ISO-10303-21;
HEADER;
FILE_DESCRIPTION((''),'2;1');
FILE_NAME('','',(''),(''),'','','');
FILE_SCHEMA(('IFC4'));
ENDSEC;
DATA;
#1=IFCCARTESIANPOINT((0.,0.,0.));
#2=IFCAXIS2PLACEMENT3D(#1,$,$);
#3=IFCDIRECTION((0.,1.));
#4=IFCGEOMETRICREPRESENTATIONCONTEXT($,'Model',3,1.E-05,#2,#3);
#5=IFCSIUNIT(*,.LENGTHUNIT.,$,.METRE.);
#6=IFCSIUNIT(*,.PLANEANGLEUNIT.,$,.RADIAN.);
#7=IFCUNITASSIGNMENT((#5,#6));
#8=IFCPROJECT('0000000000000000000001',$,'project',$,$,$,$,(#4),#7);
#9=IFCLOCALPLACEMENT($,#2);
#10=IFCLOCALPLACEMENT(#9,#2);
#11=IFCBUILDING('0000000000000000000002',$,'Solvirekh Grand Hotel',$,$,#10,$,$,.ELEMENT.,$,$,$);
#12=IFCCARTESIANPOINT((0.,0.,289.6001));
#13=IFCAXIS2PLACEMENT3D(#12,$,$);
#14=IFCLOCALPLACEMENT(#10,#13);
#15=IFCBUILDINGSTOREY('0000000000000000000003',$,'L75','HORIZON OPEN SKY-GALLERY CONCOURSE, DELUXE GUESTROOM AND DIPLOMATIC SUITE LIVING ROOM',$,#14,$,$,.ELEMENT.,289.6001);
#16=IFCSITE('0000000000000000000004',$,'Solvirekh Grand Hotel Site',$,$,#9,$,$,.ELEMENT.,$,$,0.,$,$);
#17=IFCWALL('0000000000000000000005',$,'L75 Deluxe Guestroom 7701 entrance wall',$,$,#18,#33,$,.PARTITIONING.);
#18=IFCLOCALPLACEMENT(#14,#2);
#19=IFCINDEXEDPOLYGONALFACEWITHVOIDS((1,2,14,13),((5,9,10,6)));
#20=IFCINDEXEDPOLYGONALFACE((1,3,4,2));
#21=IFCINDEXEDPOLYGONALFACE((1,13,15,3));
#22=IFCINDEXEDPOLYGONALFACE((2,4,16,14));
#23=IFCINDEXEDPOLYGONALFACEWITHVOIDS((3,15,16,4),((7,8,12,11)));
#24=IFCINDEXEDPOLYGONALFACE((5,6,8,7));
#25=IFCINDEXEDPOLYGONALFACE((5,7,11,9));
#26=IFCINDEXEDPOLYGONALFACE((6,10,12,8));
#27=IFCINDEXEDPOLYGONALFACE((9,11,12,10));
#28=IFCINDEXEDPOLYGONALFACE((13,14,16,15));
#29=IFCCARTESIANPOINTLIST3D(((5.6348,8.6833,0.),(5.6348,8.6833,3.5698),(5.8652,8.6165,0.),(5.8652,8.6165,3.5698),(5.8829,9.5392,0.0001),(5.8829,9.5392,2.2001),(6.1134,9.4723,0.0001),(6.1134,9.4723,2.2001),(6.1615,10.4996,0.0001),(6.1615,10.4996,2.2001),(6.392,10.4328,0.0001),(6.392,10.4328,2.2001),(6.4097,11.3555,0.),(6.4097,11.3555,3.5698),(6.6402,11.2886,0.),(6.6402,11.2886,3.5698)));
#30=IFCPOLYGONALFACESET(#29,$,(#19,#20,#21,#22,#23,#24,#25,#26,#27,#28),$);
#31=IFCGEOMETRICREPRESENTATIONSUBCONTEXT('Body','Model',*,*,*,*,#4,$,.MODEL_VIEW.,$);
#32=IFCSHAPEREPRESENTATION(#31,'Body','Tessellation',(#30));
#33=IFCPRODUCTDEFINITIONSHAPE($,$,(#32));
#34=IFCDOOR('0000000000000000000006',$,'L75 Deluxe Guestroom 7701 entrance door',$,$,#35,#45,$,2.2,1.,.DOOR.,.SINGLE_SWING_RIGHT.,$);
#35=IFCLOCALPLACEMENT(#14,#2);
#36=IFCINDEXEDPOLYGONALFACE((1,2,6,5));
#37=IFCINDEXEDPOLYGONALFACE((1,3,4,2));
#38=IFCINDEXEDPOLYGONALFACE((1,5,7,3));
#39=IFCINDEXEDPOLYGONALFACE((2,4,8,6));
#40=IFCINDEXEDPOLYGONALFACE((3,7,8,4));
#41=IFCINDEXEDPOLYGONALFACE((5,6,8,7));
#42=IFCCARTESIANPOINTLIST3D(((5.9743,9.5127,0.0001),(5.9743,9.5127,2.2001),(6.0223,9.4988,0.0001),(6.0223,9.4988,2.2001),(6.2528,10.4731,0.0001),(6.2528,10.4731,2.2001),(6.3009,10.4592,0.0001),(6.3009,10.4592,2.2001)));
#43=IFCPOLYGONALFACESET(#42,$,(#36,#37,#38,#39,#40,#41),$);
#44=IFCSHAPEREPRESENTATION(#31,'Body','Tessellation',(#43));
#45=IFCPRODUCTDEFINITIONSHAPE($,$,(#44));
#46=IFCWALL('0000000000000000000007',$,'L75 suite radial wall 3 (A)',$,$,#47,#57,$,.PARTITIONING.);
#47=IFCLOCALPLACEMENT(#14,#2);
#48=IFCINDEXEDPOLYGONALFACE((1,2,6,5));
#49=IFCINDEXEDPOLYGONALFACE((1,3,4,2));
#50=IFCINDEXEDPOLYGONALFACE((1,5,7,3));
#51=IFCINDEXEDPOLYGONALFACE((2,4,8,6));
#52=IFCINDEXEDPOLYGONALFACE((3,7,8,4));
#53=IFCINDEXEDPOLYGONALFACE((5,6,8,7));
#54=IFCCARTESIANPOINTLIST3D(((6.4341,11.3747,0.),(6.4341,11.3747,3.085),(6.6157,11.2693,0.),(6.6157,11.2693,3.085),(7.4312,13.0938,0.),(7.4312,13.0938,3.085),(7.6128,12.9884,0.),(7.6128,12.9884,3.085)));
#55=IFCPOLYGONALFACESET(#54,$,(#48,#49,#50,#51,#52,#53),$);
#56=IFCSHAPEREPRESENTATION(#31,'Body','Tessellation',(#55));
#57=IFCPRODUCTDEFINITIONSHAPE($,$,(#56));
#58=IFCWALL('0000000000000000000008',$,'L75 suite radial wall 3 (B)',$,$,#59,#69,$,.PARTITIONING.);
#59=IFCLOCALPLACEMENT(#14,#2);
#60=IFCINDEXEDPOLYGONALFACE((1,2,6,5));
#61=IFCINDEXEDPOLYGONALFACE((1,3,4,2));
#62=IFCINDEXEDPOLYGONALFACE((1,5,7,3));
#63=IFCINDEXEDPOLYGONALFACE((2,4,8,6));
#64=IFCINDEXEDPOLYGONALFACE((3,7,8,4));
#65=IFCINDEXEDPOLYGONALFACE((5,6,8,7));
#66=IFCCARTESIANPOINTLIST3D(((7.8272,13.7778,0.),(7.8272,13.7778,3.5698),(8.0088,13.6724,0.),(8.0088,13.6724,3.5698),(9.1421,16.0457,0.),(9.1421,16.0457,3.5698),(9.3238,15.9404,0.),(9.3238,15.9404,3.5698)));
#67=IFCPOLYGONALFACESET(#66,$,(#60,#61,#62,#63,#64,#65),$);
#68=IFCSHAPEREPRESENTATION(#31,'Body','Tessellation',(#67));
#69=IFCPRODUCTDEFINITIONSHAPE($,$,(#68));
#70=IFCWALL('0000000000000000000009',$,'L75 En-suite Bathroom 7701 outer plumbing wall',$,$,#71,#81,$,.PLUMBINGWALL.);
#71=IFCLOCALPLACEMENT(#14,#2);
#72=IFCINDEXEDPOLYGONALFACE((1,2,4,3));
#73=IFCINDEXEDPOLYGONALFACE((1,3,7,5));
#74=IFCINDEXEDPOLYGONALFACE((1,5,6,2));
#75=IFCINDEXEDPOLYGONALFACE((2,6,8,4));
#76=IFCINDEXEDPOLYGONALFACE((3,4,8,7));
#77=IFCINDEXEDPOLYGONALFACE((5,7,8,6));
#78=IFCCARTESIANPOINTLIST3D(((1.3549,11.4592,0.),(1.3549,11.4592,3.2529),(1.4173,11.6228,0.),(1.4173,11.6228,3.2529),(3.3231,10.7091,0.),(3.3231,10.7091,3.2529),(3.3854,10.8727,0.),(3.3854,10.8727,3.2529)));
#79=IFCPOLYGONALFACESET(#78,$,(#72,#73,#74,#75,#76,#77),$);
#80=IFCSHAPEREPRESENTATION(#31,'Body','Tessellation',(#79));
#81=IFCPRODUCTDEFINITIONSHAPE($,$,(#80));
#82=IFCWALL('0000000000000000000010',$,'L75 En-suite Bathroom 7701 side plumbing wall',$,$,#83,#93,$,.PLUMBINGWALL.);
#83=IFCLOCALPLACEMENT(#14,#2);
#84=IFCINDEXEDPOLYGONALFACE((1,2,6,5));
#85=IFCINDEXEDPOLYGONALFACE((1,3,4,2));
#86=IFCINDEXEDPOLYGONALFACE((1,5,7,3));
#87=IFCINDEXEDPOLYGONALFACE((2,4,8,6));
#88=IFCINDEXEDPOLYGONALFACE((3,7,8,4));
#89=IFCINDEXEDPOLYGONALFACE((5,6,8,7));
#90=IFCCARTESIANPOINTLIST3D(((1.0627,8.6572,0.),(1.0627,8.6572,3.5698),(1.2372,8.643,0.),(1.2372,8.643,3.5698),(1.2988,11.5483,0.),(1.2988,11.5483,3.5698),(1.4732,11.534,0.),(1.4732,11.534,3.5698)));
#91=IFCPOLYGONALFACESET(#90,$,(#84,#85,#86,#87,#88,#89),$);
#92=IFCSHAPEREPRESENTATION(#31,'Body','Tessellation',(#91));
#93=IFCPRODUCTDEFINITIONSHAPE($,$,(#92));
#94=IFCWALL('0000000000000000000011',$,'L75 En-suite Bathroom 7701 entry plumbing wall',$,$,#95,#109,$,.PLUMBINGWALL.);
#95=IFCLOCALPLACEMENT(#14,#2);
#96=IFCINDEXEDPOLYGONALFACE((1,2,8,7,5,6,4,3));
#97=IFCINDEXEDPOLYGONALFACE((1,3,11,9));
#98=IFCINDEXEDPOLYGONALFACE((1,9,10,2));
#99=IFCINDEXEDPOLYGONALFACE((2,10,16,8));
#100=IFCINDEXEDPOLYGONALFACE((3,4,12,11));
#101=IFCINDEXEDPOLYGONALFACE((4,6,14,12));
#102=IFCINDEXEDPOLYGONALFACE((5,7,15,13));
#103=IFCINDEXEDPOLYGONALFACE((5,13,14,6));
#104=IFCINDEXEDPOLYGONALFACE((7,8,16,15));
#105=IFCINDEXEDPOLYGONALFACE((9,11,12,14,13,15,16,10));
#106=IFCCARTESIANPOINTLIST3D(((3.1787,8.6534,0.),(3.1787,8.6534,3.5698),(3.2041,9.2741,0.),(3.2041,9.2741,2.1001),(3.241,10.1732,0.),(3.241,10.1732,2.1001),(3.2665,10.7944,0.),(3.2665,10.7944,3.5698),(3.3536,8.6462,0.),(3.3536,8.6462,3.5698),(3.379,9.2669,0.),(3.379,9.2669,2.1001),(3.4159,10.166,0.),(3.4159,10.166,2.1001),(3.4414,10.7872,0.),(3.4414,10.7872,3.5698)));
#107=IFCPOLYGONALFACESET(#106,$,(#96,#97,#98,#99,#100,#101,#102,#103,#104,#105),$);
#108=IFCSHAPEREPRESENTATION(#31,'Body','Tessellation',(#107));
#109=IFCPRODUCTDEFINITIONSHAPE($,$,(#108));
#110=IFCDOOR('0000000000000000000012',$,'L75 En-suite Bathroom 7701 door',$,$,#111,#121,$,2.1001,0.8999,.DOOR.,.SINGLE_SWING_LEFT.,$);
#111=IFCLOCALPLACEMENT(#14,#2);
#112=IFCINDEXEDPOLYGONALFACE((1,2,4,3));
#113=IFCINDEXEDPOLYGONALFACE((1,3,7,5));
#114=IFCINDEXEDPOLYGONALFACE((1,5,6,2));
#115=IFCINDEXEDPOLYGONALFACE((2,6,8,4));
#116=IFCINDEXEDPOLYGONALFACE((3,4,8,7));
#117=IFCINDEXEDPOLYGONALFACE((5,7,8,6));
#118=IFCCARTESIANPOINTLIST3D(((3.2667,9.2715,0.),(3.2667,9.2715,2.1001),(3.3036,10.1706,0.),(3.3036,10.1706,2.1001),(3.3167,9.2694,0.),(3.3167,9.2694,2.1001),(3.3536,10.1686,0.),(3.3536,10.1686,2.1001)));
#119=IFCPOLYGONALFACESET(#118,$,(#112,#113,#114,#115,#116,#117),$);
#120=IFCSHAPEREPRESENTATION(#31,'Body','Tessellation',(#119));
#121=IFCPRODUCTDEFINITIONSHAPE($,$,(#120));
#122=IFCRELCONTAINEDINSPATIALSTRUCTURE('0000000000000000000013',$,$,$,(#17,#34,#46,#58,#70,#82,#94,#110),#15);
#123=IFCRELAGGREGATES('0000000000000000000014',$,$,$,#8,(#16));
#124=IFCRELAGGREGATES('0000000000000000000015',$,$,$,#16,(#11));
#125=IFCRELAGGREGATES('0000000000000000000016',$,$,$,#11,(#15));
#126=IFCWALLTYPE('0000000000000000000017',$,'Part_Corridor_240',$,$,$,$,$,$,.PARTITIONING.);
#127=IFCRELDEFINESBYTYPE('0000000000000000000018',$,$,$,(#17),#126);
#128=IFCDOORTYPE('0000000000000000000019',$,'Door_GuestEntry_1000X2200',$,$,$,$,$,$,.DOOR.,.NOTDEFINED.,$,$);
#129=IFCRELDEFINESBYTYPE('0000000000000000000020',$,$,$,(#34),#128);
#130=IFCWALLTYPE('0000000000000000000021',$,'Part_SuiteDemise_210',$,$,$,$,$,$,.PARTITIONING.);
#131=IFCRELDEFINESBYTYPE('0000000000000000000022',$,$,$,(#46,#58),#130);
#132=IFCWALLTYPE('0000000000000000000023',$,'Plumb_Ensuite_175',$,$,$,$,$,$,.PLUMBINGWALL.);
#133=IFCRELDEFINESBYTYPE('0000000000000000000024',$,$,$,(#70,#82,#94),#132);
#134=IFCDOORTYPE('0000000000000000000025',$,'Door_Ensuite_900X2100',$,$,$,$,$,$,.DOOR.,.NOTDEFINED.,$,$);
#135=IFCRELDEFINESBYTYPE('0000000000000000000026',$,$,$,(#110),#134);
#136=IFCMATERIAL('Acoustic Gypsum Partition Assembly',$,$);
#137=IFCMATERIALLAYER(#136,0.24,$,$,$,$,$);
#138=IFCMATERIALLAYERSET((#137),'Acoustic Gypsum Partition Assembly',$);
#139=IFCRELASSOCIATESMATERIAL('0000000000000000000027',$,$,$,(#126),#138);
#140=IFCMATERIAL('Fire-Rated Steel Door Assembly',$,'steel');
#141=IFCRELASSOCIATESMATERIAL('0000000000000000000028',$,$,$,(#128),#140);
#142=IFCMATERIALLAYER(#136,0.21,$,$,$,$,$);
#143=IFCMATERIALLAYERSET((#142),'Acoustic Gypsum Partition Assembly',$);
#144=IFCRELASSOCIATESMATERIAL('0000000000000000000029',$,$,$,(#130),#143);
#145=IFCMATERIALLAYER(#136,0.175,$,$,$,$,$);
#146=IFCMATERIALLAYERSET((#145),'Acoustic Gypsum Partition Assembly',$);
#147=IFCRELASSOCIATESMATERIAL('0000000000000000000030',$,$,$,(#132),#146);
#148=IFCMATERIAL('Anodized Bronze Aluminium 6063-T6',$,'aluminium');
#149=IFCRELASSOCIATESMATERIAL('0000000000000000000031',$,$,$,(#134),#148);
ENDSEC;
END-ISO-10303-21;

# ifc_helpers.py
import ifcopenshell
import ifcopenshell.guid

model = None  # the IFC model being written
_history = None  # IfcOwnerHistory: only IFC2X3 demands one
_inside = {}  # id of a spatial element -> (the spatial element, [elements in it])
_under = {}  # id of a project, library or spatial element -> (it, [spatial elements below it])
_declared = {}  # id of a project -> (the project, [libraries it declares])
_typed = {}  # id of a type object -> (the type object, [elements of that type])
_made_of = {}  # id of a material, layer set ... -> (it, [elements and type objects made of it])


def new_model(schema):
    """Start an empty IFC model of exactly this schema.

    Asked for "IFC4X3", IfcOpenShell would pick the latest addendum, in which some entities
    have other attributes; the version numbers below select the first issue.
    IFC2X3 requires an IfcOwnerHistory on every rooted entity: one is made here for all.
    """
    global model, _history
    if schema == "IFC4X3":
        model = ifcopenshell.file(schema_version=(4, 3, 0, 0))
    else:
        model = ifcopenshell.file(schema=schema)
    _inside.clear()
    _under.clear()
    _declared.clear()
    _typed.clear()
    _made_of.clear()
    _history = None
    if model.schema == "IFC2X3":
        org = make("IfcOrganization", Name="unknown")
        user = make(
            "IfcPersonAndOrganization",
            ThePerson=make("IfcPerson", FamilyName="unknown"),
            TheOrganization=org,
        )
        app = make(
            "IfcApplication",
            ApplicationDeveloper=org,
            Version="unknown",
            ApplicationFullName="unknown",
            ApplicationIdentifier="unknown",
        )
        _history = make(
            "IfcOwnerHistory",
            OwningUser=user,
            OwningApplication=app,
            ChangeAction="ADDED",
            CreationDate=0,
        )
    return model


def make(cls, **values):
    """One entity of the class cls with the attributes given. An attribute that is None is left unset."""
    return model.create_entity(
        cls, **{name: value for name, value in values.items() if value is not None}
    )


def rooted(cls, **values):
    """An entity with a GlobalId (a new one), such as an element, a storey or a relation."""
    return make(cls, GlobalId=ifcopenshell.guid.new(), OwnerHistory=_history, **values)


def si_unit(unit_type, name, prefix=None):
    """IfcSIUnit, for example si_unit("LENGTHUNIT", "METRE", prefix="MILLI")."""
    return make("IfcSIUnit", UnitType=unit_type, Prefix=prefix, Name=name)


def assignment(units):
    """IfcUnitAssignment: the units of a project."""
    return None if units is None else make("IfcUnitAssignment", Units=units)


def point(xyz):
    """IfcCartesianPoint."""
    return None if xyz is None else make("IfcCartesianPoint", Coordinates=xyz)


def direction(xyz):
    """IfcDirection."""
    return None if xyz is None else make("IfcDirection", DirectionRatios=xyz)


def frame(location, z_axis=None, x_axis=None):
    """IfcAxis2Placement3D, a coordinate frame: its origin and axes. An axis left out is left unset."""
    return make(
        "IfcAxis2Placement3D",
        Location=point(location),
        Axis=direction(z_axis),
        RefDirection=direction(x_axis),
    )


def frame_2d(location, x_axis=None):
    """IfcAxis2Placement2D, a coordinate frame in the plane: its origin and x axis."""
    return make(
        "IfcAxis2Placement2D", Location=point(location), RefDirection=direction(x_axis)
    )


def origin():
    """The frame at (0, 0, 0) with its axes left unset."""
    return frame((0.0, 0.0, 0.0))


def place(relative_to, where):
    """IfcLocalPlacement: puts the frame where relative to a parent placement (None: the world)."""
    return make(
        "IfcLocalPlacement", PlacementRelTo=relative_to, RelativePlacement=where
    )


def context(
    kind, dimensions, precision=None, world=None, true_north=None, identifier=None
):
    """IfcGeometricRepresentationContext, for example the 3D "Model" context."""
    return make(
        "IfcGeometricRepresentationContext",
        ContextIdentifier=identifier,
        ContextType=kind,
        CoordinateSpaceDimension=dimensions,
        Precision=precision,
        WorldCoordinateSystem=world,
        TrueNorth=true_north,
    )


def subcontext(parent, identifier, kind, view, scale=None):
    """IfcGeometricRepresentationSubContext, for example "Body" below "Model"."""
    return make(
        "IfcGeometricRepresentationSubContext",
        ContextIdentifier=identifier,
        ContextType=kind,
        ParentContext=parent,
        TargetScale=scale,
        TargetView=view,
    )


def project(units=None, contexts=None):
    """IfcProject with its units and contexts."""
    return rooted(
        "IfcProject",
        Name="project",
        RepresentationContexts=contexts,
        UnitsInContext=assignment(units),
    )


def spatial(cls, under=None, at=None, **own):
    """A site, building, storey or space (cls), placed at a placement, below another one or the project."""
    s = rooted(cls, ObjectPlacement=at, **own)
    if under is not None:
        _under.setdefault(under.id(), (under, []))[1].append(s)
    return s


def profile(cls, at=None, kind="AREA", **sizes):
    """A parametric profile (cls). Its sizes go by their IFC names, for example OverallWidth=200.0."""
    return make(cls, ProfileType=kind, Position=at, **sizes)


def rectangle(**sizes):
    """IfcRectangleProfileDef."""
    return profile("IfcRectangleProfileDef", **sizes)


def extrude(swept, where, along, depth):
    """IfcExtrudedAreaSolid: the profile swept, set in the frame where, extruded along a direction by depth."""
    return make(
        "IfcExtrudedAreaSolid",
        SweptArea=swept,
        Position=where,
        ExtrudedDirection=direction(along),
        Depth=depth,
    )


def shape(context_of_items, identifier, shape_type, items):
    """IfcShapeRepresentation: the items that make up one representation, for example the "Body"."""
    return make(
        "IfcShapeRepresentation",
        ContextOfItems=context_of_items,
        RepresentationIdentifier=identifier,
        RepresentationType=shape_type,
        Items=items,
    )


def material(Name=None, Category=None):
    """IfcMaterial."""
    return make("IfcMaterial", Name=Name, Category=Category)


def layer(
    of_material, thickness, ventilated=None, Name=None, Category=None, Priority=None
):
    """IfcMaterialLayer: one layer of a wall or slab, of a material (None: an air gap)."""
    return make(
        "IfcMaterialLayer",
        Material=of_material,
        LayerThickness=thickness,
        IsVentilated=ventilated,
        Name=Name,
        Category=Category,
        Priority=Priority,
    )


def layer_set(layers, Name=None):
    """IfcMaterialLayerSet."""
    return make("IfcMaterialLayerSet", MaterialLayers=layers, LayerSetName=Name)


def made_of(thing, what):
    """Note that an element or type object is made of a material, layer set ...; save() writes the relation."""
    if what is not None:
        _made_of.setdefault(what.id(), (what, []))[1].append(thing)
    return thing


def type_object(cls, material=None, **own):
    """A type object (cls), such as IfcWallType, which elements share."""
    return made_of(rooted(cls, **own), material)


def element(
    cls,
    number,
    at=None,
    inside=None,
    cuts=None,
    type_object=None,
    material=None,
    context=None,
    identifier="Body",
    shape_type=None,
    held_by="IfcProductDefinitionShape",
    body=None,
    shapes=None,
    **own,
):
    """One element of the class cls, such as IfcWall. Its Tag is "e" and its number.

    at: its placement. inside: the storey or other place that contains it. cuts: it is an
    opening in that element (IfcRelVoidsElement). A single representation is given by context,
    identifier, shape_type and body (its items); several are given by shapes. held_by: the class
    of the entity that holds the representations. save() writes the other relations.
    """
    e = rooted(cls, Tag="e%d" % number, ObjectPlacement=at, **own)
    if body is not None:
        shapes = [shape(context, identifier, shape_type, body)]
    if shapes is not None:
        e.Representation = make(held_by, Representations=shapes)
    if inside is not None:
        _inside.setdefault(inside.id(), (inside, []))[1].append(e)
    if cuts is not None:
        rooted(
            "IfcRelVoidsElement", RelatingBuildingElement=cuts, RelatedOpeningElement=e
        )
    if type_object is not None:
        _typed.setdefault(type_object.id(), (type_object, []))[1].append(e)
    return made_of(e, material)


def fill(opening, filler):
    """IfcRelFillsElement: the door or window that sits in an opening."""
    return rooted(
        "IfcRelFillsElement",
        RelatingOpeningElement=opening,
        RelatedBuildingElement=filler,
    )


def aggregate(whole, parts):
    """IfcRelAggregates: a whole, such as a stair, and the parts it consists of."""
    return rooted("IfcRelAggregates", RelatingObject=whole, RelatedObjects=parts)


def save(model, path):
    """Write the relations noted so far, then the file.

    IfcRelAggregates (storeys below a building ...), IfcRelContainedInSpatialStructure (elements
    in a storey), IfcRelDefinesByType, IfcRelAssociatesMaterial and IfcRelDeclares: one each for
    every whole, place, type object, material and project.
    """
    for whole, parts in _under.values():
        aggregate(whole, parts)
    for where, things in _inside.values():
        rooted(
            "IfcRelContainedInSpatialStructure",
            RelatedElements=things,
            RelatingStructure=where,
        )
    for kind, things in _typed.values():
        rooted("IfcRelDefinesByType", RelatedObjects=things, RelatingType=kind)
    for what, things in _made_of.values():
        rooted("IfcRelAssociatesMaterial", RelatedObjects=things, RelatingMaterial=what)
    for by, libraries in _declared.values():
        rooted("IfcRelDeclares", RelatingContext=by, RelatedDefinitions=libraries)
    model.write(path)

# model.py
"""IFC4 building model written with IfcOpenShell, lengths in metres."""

from ifc_helpers import new_model, si_unit, direction, frame, frame_2d, origin, place, context, subcontext, project, spatial, rectangle, extrude, material, layer, layer_set, type_object, element, fill, save


model = new_model("IFC4")

# Units and contexts
model_context = context("Model", 3, precision=1e-05, world=origin(), true_north=direction((0.0, 1.0)))
body_context = subcontext(model_context, "Body", "Model", "MODEL_VIEW")
ifc_project = project(units=[si_unit("LENGTHUNIT", "METRE"), si_unit("PLANEANGLEUNIT", "RADIAN")], contexts=[model_context])

# Site, building, storey
site_placement = place(None, origin())
site = spatial("IfcSite", under=ifc_project, at=site_placement, Name="Solvirekh Grand Hotel Site", CompositionType="ELEMENT", RefElevation=0.0)
building_placement = place(site_placement, origin())
building = spatial("IfcBuilding", under=site, at=building_placement, Name="Solvirekh Grand Hotel", CompositionType="ELEMENT")
storey_placement = place(building_placement, frame((0.0, 0.0, 289.6001)))
storey = spatial("IfcBuildingStorey", under=building, at=storey_placement, Name="L75", Description="HORIZON OPEN SKY-GALLERY CONCOURSE, DELUXE GUESTROOM AND DIPLOMATIC SUITE LIVING ROOM", CompositionType="ELEMENT", Elevation=289.6001)

# Shared definitions
ifc_material_1 = material(Name="Anodized Bronze Aluminium 6063-T6", Category="aluminium")

# Wall, opening, door
ifc_material_2 = material(Name="Acoustic Gypsum Partition Assembly")
ifc_layer_1 = layer(ifc_material_2, 0.24)
ifc_layer_set_1 = layer_set([ifc_layer_1], Name="Acoustic Gypsum Partition Assembly")
wall_type_1 = type_object("IfcWallType", Name="Part_Corridor_240", PredefinedType="PARTITIONING", material=ifc_layer_set_1)
wall_1_placement = place(storey_placement, frame((5.75, 8.6499, 0.0), z_axis=(0.0, 0.0, 1.0), x_axis=(0.27852, 0.96043, 0.0)))
wall_1 = element("IfcWall", 1, at=wall_1_placement, inside=storey, type_object=wall_type_1, Name="L75 Deluxe Guestroom 7701 entrance wall", PredefinedType="PARTITIONING", context=body_context, shape_type="SweptSolid", body=[
    extrude(rectangle(XDim=2.7822, YDim=0.24, at=frame_2d((1.3911, 0.0))), origin(), (0.0, 0.0, 1.0), 3.5698),
])
opening_1_placement = place(wall_1_placement, frame((0.8911, 0.0, 0.0)))
opening_1 = element("IfcOpeningElement", 2, at=opening_1_placement, cuts=wall_1, PredefinedType="OPENING", context=body_context, shape_type="SweptSolid", body=[
    extrude(rectangle(XDim=1.0, YDim=2.2, at=frame_2d((0.5, 1.1001))), frame((0.0, 0.1299, 0.0), z_axis=(0.0, -1.0, 0.0), x_axis=(1.0, 0.0, 0.0)), (0.0, 0.0, 1.0), 0.26),
])
ifc_material_3 = material(Name="Fire-Rated Steel Door Assembly", Category="steel")
door_type_1 = type_object("IfcDoorType", Name="Door_GuestEntry_1000X2200", OperationType="NOTDEFINED", PredefinedType="DOOR", material=ifc_material_3)
door_1_placement = place(opening_1_placement, origin())
door_1 = element("IfcDoor", 3, at=door_1_placement, inside=storey, type_object=door_type_1, Name="L75 Deluxe Guestroom 7701 entrance door", OperationType="SINGLE_SWING_RIGHT", OverallHeight=2.2, OverallWidth=1.0, PredefinedType="DOOR", context=body_context, shape_type="SweptSolid", body=[
    extrude(rectangle(XDim=1.0, YDim=2.2, at=frame_2d((0.5, 1.1001))), frame((0.0, 0.0249, 0.0), z_axis=(0.0, -1.0, 0.0), x_axis=(1.0, 0.0, 0.0)), (0.0, 0.0, 1.0), 0.05),
])
fill(opening_1, door_1)

# Walls
ifc_layer_2 = layer(ifc_material_2, 0.21)
ifc_layer_set_2 = layer_set([ifc_layer_2], Name="Acoustic Gypsum Partition Assembly")
wall_type_2 = type_object("IfcWallType", Name="Part_SuiteDemise_210", PredefinedType="PARTITIONING", material=ifc_layer_set_2)
wall_2_placement = place(storey_placement, frame((6.5249, 11.322, 0.0), z_axis=(0.0, 0.0, 1.0), x_axis=(0.501738, 0.865019, 0.0)))
element("IfcWall", 4, at=wall_2_placement, inside=storey, type_object=wall_type_2, Name="L75 suite radial wall 3 (A)", PredefinedType="PARTITIONING", context=body_context, shape_type="SweptSolid", body=[
    extrude(rectangle(XDim=1.9873, YDim=0.21, at=frame_2d((0.9937, 0.0))), origin(), (0.0, 0.0, 1.0), 3.085),
])
wall_3_placement = place(storey_placement, frame((7.918, 13.7251, 0.0), z_axis=(0.0, 0.0, 1.0), x_axis=(0.501605, 0.865097, 0.0)))
element("IfcWall", 5, at=wall_3_placement, inside=storey, type_object=wall_type_2, Name="L75 suite radial wall 3 (B)", PredefinedType="PARTITIONING", context=body_context, shape_type="SweptSolid", body=[
    extrude(rectangle(XDim=2.6216, YDim=0.21, at=frame_2d((1.3108, 0.0))), origin(), (0.0, 0.0, 1.0), 3.5698),
])
ifc_layer_3 = layer(ifc_material_2, 0.175)
ifc_layer_set_3 = layer_set([ifc_layer_3], Name="Acoustic Gypsum Partition Assembly")
wall_type_3 = type_object("IfcWallType", Name="Plumb_Ensuite_175", PredefinedType="PLUMBINGWALL", material=ifc_layer_set_3)
wall_4_placement = place(storey_placement, frame((1.386, 11.541, 0.0), z_axis=(0.0, 0.0, 1.0), x_axis=(0.934444, -0.356111, 0.0)))
element("IfcWall", 6, at=wall_4_placement, inside=storey, type_object=wall_type_3, Name="L75 En-suite Bathroom 7701 outer plumbing wall", PredefinedType="PLUMBINGWALL", context=body_context, shape_type="SweptSolid", body=[
    extrude(rectangle(XDim=2.1062, YDim=0.175, at=frame_2d((1.0532, 0.0))), origin(), (0.0, 0.0, 1.0), 3.2529),
])
wall_5_placement = place(storey_placement, frame((1.386, 11.541, 0.0), z_axis=(0.0, 0.0, 1.0), x_axis=(-0.081388, -0.996683, 0.0)))
element("IfcWall", 7, at=wall_5_placement, inside=storey, type_object=wall_type_3, Name="L75 En-suite Bathroom 7701 side plumbing wall", PredefinedType="PLUMBINGWALL", context=body_context, shape_type="SweptSolid", body=[
    extrude(rectangle(XDim=2.9006, YDim=0.175, at=frame_2d((1.4502, 0.0))), origin(), (0.0, 0.0, 1.0), 3.5698),
])

# Wall, opening, door
wall_6_placement = place(storey_placement, frame((3.2661, 8.6499, 0.0), z_axis=(0.0, 0.0, 1.0), x_axis=(0.041014, 0.999159, 0.0)))
wall_6 = element("IfcWall", 8, at=wall_6_placement, inside=storey, type_object=wall_type_3, Name="L75 En-suite Bathroom 7701 entry plumbing wall", PredefinedType="PLUMBINGWALL", context=body_context, shape_type="SweptSolid", body=[
    extrude(rectangle(XDim=2.1428, YDim=0.175, at=frame_2d((1.0713, 0.0))), origin(), (0.0, 0.0, 1.0), 3.5698),
])
opening_2_placement = place(wall_6_placement, frame((0.6211, 0.0, 0.0)))
opening_2 = element("IfcOpeningElement", 9, at=opening_2_placement, cuts=wall_6, PredefinedType="OPENING", context=body_context, shape_type="SweptSolid", body=[
    extrude(rectangle(XDim=0.8999, YDim=2.1001, at=frame_2d((0.45, 1.05))), frame((0.0, 0.0977, 0.0), z_axis=(0.0, -1.0, 0.0), x_axis=(1.0, 0.0, 0.0)), (0.0, 0.0, 1.0), 0.1951),
])
door_type_2 = type_object("IfcDoorType", Name="Door_Ensuite_900X2100", OperationType="NOTDEFINED", PredefinedType="DOOR", material=ifc_material_1)
door_2_placement = place(opening_2_placement, origin())
door_2 = element("IfcDoor", 10, at=door_2_placement, inside=storey, type_object=door_type_2, Name="L75 En-suite Bathroom 7701 door", OperationType="SINGLE_SWING_LEFT", OverallHeight=2.1001, OverallWidth=0.8999, PredefinedType="DOOR", context=body_context, shape_type="SweptSolid", body=[
    extrude(rectangle(XDim=0.8999, YDim=2.1001, at=frame_2d((0.45, 1.05))), frame((0.0, 0.0249, 0.0), z_axis=(0.0, -1.0, 0.0), x_axis=(1.0, 0.0, 0.0)), (0.0, 0.0, 1.0), 0.05),
])
fill(opening_2, door_2)

save(model, "model.ifc")
